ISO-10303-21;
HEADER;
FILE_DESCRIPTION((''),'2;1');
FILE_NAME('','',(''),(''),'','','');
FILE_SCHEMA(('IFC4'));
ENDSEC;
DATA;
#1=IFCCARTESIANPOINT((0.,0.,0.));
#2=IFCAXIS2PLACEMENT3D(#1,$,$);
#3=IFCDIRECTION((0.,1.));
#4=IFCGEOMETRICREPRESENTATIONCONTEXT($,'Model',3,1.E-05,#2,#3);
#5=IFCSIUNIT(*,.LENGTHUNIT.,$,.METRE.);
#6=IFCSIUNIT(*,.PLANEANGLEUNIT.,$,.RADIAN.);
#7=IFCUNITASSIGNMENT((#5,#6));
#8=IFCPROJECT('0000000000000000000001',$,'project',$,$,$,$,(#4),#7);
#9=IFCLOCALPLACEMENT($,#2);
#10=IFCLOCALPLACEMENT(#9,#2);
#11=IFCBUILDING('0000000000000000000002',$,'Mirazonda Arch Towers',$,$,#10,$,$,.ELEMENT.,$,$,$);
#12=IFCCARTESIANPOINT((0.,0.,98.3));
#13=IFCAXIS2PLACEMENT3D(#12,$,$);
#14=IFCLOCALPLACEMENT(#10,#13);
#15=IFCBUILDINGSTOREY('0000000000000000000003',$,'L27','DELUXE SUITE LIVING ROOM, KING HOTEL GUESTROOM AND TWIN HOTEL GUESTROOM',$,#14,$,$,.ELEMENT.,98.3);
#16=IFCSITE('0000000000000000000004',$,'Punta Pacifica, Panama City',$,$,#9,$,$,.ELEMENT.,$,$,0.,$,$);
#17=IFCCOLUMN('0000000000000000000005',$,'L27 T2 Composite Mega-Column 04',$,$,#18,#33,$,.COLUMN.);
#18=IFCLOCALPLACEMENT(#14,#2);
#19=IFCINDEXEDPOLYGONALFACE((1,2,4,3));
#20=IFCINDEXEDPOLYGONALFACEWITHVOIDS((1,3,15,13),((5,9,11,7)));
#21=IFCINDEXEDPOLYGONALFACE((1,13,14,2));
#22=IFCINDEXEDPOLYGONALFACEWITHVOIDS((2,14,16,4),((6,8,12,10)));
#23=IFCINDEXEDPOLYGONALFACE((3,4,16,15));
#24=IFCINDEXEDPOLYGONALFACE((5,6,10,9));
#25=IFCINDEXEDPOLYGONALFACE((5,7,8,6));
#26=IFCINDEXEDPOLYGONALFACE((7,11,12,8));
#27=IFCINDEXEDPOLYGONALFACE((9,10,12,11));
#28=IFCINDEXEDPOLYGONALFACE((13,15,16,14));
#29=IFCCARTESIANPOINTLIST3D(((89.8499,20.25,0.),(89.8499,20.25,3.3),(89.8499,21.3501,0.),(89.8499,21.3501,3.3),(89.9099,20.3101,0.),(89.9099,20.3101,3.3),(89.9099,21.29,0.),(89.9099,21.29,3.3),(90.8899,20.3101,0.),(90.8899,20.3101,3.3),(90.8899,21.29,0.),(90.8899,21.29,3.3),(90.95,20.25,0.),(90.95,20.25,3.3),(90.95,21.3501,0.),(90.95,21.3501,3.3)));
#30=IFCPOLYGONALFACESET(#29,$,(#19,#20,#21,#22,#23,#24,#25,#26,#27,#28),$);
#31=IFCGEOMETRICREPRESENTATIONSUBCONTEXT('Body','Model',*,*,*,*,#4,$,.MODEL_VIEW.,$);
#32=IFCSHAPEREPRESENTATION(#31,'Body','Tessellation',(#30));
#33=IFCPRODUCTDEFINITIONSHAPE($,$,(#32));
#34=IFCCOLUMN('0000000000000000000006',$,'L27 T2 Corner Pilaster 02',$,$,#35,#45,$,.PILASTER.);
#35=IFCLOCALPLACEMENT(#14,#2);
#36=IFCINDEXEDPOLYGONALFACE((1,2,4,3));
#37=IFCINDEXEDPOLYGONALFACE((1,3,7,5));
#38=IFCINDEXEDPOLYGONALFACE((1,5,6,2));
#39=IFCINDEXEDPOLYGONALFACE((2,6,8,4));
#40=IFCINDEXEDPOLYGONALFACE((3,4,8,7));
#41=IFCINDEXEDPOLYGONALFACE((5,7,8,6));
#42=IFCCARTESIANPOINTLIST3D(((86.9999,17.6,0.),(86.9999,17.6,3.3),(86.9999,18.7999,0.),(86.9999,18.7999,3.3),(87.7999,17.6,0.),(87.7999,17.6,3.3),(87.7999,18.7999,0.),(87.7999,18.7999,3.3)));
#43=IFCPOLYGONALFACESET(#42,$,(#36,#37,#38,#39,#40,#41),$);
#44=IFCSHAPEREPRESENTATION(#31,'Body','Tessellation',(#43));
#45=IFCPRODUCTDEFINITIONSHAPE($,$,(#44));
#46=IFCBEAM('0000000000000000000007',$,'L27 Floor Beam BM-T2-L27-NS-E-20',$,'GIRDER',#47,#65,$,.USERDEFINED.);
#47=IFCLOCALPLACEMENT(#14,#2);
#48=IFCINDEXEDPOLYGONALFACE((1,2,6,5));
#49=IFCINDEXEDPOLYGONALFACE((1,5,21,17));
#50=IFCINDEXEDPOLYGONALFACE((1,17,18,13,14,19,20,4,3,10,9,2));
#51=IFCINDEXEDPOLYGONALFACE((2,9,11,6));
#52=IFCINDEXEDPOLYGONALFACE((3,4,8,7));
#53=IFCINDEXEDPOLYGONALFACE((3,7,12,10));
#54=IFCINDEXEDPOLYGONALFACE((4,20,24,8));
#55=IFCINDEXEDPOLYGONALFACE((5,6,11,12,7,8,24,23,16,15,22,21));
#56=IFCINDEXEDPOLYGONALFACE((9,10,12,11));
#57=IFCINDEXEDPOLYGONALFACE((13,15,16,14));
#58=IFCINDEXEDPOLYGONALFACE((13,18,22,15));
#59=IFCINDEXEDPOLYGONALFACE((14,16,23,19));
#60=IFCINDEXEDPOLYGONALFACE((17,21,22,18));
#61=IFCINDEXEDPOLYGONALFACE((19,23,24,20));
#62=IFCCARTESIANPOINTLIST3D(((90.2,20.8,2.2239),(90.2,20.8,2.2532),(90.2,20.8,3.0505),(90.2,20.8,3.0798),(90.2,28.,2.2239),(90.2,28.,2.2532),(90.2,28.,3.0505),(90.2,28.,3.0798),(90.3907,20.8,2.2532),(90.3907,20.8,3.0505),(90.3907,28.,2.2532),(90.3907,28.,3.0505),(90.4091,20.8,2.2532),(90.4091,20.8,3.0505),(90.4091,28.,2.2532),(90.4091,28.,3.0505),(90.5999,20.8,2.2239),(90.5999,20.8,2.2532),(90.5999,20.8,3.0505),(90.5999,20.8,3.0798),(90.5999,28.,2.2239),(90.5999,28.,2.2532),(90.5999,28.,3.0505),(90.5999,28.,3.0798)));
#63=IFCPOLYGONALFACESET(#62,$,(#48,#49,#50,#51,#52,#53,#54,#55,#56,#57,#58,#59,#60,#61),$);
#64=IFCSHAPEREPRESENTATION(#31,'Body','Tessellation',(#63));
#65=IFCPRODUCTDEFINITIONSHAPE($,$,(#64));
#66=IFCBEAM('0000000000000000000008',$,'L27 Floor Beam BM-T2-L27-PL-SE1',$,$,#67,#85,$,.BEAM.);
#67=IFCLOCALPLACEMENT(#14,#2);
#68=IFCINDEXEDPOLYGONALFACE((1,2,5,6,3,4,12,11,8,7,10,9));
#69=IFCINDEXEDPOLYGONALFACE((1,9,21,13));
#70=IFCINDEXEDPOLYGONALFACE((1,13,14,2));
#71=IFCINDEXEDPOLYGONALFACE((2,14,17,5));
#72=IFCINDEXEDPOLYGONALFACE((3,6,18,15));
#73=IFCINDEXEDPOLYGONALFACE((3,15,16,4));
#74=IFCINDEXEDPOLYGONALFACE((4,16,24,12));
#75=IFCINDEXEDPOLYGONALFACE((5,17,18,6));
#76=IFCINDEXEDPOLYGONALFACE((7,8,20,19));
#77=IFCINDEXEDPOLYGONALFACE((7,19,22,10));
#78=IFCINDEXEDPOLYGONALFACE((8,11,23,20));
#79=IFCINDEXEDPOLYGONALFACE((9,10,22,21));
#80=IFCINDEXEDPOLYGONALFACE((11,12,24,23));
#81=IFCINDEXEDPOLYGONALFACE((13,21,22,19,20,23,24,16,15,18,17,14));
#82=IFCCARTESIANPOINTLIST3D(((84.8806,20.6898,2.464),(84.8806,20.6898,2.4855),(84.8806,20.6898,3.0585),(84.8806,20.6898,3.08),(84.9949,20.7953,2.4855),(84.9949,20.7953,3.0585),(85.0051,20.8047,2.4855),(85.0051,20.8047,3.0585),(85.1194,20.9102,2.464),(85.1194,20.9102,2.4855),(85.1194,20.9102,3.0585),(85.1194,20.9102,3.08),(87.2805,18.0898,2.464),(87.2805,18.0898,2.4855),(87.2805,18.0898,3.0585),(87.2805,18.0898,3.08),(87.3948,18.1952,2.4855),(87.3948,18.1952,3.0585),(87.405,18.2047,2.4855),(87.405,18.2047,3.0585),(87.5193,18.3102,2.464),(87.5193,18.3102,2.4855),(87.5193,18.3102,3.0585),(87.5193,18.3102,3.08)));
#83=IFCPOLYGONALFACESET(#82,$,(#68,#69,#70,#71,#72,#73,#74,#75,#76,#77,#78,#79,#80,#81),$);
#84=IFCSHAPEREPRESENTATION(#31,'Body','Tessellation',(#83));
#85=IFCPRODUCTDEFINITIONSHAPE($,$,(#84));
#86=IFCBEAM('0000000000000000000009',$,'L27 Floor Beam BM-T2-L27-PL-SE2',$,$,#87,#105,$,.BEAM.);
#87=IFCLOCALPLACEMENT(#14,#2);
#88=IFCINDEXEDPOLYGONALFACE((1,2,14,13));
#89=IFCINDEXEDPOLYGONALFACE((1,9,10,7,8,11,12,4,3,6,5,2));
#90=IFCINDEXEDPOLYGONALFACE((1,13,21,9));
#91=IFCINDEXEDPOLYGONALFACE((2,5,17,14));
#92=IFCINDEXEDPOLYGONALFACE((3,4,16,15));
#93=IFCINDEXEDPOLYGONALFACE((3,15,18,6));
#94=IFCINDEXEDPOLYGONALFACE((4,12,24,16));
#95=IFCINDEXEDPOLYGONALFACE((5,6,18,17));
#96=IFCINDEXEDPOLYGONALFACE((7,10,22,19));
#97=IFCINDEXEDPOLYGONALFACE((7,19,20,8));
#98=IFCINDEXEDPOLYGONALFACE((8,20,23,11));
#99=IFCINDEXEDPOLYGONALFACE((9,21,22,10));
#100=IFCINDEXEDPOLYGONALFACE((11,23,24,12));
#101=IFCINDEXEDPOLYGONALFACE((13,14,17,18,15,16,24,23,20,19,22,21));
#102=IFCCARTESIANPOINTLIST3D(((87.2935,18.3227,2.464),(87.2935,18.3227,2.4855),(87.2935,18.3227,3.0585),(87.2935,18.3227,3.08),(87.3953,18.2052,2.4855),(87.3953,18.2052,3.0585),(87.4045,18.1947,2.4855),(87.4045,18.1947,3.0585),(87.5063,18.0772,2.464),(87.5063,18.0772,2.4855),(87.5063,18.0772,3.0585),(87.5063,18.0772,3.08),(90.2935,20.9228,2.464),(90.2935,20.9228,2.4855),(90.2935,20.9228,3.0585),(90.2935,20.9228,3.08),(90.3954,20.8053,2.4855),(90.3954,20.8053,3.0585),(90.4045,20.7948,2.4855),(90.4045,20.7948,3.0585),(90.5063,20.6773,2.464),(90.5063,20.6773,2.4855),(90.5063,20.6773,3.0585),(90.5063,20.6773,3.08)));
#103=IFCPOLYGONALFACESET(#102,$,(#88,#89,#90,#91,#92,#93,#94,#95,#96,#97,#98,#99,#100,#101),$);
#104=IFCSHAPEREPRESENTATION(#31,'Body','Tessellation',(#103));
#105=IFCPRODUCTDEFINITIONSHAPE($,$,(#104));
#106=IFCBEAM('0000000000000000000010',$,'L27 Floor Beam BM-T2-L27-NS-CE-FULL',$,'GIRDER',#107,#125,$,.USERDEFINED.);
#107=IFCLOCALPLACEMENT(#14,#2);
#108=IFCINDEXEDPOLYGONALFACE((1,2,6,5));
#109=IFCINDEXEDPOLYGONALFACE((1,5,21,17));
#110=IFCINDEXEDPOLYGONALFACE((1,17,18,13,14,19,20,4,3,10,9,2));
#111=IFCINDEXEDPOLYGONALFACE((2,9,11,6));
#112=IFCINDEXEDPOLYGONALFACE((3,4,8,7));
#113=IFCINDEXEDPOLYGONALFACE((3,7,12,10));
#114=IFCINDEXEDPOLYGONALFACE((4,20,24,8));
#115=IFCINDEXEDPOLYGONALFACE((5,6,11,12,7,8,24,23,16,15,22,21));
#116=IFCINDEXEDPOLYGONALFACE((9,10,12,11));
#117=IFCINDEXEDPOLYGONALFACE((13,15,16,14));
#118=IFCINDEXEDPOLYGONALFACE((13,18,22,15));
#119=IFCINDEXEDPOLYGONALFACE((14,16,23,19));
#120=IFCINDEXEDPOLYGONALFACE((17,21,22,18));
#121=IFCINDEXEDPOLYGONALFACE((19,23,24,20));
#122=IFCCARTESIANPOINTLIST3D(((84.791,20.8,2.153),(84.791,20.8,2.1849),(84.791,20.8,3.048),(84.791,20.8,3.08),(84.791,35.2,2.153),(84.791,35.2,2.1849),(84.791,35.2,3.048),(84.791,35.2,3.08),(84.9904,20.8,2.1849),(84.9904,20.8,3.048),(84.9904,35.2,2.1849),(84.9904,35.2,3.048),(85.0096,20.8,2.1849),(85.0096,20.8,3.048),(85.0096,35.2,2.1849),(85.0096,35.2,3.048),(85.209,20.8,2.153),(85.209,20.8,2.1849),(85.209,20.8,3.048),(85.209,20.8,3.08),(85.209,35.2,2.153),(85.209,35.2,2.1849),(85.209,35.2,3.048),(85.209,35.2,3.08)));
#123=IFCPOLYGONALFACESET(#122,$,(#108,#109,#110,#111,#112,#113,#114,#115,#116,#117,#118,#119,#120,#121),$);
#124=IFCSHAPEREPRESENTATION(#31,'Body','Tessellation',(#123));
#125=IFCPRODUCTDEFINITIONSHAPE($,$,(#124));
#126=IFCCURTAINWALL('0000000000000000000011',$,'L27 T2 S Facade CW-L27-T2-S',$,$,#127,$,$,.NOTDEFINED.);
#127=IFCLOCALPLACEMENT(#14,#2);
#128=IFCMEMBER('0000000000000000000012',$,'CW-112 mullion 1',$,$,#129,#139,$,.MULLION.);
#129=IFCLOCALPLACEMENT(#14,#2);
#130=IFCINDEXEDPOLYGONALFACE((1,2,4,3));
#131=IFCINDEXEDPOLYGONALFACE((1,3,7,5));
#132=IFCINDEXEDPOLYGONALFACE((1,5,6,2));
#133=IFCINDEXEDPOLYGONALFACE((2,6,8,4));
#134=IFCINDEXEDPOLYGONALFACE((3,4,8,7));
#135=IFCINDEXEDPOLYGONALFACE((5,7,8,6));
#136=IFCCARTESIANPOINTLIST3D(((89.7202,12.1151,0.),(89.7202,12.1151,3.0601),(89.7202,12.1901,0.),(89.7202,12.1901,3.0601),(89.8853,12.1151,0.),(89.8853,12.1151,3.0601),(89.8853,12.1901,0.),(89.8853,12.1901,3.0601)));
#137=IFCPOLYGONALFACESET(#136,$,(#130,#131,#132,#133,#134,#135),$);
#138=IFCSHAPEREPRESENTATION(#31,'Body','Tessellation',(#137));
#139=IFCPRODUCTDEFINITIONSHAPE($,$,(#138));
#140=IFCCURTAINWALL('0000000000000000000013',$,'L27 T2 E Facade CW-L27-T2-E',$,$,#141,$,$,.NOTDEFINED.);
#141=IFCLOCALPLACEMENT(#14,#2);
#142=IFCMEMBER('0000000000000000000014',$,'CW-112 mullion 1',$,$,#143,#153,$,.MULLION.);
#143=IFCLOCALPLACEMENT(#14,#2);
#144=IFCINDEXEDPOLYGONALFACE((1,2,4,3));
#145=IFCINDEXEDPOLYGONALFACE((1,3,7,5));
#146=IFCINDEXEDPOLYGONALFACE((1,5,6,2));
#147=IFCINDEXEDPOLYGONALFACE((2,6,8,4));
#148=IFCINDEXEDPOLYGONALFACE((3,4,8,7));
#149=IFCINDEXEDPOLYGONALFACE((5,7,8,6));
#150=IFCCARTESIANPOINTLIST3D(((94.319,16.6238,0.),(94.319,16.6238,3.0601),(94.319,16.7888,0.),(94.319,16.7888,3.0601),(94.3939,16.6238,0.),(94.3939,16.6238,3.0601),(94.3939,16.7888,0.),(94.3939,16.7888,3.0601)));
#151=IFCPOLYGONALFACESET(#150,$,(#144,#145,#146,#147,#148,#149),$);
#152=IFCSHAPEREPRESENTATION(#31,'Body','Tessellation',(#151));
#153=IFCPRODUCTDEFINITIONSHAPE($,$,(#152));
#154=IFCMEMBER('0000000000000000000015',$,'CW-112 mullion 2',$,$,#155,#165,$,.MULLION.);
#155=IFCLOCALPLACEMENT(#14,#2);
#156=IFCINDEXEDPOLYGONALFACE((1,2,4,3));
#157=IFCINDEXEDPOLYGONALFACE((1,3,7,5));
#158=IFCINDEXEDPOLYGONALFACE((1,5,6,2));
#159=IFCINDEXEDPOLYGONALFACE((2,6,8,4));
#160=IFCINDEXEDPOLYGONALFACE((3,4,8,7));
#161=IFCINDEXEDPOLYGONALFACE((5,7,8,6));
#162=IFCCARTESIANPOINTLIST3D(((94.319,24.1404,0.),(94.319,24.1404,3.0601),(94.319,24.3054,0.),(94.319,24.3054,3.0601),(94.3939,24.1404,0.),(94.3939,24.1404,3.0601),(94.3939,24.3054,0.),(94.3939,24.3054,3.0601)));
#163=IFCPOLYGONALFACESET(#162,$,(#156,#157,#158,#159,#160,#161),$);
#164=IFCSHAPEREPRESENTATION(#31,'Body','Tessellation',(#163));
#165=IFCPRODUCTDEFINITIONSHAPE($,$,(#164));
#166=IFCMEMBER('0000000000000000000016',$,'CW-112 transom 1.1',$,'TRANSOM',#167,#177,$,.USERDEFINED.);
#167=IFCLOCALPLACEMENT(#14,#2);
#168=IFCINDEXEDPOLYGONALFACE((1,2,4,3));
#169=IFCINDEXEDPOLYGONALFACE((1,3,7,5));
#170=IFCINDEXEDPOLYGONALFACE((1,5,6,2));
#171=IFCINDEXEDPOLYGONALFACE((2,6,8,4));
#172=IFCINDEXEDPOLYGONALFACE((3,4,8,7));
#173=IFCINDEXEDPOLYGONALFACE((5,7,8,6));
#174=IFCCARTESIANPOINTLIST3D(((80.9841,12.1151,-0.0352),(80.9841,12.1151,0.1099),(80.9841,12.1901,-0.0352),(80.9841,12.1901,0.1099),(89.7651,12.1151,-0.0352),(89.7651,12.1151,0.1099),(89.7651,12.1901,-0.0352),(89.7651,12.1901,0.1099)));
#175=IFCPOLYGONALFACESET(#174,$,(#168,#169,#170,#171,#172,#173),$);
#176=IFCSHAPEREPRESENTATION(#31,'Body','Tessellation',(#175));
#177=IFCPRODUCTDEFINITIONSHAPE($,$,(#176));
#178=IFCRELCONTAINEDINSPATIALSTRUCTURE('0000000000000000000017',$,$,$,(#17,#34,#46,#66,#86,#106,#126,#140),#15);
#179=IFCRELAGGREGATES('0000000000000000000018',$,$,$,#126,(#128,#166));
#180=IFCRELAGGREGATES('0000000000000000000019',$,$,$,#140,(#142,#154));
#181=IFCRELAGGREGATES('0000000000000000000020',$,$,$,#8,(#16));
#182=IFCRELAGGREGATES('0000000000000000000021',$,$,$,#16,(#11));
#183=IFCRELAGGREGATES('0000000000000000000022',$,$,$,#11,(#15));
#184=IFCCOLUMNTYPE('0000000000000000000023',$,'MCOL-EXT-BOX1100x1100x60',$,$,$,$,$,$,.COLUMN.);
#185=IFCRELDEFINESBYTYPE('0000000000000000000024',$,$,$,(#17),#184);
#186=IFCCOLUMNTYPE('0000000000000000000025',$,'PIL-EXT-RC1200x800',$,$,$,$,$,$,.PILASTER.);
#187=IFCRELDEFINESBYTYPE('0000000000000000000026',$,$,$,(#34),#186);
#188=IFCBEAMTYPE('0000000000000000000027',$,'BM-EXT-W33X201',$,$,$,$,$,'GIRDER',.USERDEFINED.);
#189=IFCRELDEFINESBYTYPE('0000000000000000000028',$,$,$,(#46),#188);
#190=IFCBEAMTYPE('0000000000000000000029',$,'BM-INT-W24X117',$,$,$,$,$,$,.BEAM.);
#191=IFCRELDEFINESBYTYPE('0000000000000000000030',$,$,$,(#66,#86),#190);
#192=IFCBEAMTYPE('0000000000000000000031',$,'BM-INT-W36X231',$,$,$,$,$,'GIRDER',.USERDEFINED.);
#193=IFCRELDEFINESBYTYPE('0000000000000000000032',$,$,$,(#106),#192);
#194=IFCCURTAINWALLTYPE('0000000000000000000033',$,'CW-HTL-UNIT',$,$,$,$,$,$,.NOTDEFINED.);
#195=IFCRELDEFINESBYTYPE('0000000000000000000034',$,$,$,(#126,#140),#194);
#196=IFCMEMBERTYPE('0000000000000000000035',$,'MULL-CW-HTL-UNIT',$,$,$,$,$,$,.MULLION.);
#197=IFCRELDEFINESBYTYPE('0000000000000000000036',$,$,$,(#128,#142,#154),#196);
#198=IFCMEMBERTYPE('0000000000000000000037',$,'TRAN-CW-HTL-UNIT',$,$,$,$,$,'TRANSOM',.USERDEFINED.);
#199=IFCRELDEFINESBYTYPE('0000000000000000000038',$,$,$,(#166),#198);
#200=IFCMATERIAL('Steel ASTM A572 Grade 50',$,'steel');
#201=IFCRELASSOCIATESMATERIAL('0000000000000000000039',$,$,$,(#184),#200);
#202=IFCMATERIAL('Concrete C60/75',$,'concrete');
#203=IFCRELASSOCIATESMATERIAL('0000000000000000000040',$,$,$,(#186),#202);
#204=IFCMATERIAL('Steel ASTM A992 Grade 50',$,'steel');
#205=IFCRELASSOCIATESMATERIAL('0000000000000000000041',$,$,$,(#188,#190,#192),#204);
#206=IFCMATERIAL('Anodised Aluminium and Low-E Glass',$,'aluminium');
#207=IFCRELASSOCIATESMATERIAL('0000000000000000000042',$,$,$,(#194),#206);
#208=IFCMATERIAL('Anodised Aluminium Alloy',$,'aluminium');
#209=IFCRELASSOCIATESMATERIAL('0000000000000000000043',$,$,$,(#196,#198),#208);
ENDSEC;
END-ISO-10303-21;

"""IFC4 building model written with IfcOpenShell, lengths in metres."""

from ifc_helpers import new_model, si_unit, direction, frame, origin, origin_2d, place, context, subcontext, project, spatial, rectangle, hollow_rectangle, i_section, extrude, material, material_profile, profile_set, type_object, element, aggregate, save


model = new_model("IFC4")

# Units and contexts
model_context = context("Model", 3, precision=1e-05, world=origin(), true_north=direction((0.0, 1.0)))
body_context = subcontext(model_context, "Body", "Model", "MODEL_VIEW")
ifc_project = project(units=[si_unit("LENGTHUNIT", "METRE"), si_unit("PLANEANGLEUNIT", "RADIAN")], contexts=[model_context])

# Site, building, storey
site_placement = place(None, origin())
site = spatial("IfcSite", under=ifc_project, at=site_placement, Name="Punta Pacifica, Panama City", CompositionType="ELEMENT", RefElevation=0.0)
building_placement = place(site_placement, origin())
building = spatial("IfcBuilding", under=site, at=building_placement, Name="Mirazonda Arch Towers", CompositionType="ELEMENT")
storey_placement = place(building_placement, frame((0.0, 0.0, 98.3)))
storey = spatial("IfcBuildingStorey", under=building, at=storey_placement, Name="L27", Description="DELUXE SUITE LIVING ROOM, KING HOTEL GUESTROOM AND TWIN HOTEL GUESTROOM", CompositionType="ELEMENT", Elevation=98.3)

# Columns
ifc_material_1 = material(Name="Steel ASTM A572 Grade 50", Category="steel")
ifc_material_profile_1 = material_profile(ifc_material_1, hollow_rectangle(XDim=1.1001, YDim=1.1001, WallThickness=0.0601, at=origin_2d()), Name="BOX1100x1100x60")
ifc_profile_set_1 = profile_set([ifc_material_profile_1], Name="Steel ASTM A572 Grade 50")
column_type_1 = type_object("IfcColumnType", Name="MCOL-EXT-BOX1100x1100x60", PredefinedType="COLUMN", material=ifc_profile_set_1)
column_1_placement = place(storey_placement, frame((90.3999, 20.8, 0.0), z_axis=(0.0, 0.0, 1.0), x_axis=(1.0, 0.0, 0.0)))
element("IfcColumn", 1, at=column_1_placement, inside=storey, type_object=column_type_1, Name="L27 T2 Composite Mega-Column 04", PredefinedType="COLUMN", context=body_context, shape_type="SweptSolid", body=[
    extrude(hollow_rectangle(XDim=1.1001, YDim=1.1001, WallThickness=0.0601, at=origin_2d()), origin(), (0.0, 0.0, 1.0), 3.3),
])
ifc_material_2 = material(Name="Concrete C60/75", Category="concrete")
ifc_material_profile_2 = material_profile(ifc_material_2, rectangle(XDim=0.8, YDim=1.2, at=origin_2d()), Name="RC1200x800")
ifc_profile_set_2 = profile_set([ifc_material_profile_2], Name="Concrete C60/75")
column_type_2 = type_object("IfcColumnType", Name="PIL-EXT-RC1200x800", PredefinedType="PILASTER", material=ifc_profile_set_2)
column_2_placement = place(storey_placement, frame((87.3999, 18.2, 0.0), z_axis=(0.0, 0.0, 1.0), x_axis=(1.0, 0.0, 0.0)))
element("IfcColumn", 2, at=column_2_placement, inside=storey, type_object=column_type_2, Name="L27 T2 Corner Pilaster 02", PredefinedType="PILASTER", context=body_context, shape_type="SweptSolid", body=[
    extrude(rectangle(XDim=0.8, YDim=1.2, at=origin_2d()), origin(), (0.0, 0.0, 1.0), 3.3),
])

# Beams
ifc_material_3 = material(Name="Steel ASTM A992 Grade 50", Category="steel")
ifc_material_profile_3 = material_profile(ifc_material_3, i_section(OverallWidth=0.3999, OverallDepth=0.856, WebThickness=0.0183, FlangeThickness=0.0293, at=origin_2d()), Name="W33X201")
ifc_profile_set_3 = profile_set([ifc_material_profile_3], Name="Steel ASTM A992 Grade 50")
beam_type_1 = type_object("IfcBeamType", Name="BM-EXT-W33X201", ElementType="GIRDER", PredefinedType="USERDEFINED", material=ifc_profile_set_3)
beam_1_placement = place(storey_placement, frame((90.3999, 20.8, 2.6519), z_axis=(0.0, 1.0, 0.0), x_axis=(-1.0, 0.0, 0.0)))
element("IfcBeam", 3, at=beam_1_placement, inside=storey, type_object=beam_type_1, Name="L27 Floor Beam BM-T2-L27-NS-E-20", ObjectType="GIRDER", PredefinedType="USERDEFINED", context=body_context, shape_type="SweptSolid", body=[
    extrude(i_section(OverallWidth=0.3999, OverallDepth=0.856, WebThickness=0.0183, FlangeThickness=0.0293, at=origin_2d()), origin(), (0.0, 0.0, 1.0), 7.2),
])
ifc_material_profile_4 = material_profile(ifc_material_3, i_section(OverallWidth=0.325, OverallDepth=0.616, WebThickness=0.0139, FlangeThickness=0.0215, at=origin_2d()), Name="W24X117")
ifc_profile_set_4 = profile_set([ifc_material_profile_4], Name="Steel ASTM A992 Grade 50")
beam_type_2 = type_object("IfcBeamType", Name="BM-INT-W24X117", PredefinedType="BEAM", material=ifc_profile_set_4)
beam_2_placement = place(storey_placement, frame((87.3999, 18.2, 2.772), z_axis=(-0.678251, 0.73483, 0.0), x_axis=(-0.73483, -0.678251, 0.0)))
element("IfcBeam", 4, at=beam_2_placement, inside=storey, type_object=beam_type_2, Name="L27 Floor Beam BM-T2-L27-PL-SE1", PredefinedType="BEAM", context=body_context, shape_type="SweptSolid", body=[
    extrude(i_section(OverallWidth=0.325, OverallDepth=0.616, WebThickness=0.0139, FlangeThickness=0.0215, at=origin_2d()), origin(), (0.0, 0.0, 1.0), 3.5383),
])
beam_3_placement = place(storey_placement, frame((87.3999, 18.2, 2.772), z_axis=(0.755677, 0.654945, 0.0), x_axis=(-0.654945, 0.755677, 0.0)))
element("IfcBeam", 5, at=beam_3_placement, inside=storey, type_object=beam_type_2, Name="L27 Floor Beam BM-T2-L27-PL-SE2", PredefinedType="BEAM", context=body_context, shape_type="SweptSolid", body=[
    extrude(i_section(OverallWidth=0.325, OverallDepth=0.616, WebThickness=0.0139, FlangeThickness=0.0215, at=origin_2d()), origin(), (0.0, 0.0, 1.0), 3.97),
])
ifc_material_profile_5 = material_profile(ifc_material_3, i_section(OverallWidth=0.418, OverallDepth=0.927, WebThickness=0.0193, FlangeThickness=0.032, at=origin_2d()), Name="W36X231")
ifc_profile_set_5 = profile_set([ifc_material_profile_5], Name="Steel ASTM A992 Grade 50")
beam_type_3 = type_object("IfcBeamType", Name="BM-INT-W36X231", ElementType="GIRDER", PredefinedType="USERDEFINED", material=ifc_profile_set_5)
beam_4_placement = place(storey_placement, frame((85.0, 20.8, 2.6165), z_axis=(0.0, 1.0, 0.0), x_axis=(-1.0, 0.0, 0.0)))
element("IfcBeam", 6, at=beam_4_placement, inside=storey, type_object=beam_type_3, Name="L27 Floor Beam BM-T2-L27-NS-CE-FULL", ObjectType="GIRDER", PredefinedType="USERDEFINED", context=body_context, shape_type="SweptSolid", body=[
    extrude(i_section(OverallWidth=0.418, OverallDepth=0.927, WebThickness=0.0193, FlangeThickness=0.032, at=origin_2d()), origin(), (0.0, 0.0, 1.0), 14.3999),
])

# Curtain wall, member
ifc_material_4 = material(Name="Anodised Aluminium and Low-E Glass", Category="aluminium")
curtain_wall_type = type_object("IfcCurtainWallType", Name="CW-HTL-UNIT", PredefinedType="NOTDEFINED", material=ifc_material_4)
curtain_wall_1_placement = place(storey_placement, origin())
curtain_wall_1 = element("IfcCurtainWall", 7, at=curtain_wall_1_placement, inside=storey, type_object=curtain_wall_type, Name="L27 T2 S Facade CW-L27-T2-S", PredefinedType="NOTDEFINED")
ifc_material_5 = material(Name="Anodised Aluminium Alloy", Category="aluminium")
ifc_material_profile_6 = material_profile(ifc_material_5, rectangle(XDim=0.075, YDim=0.165, at=origin_2d()), Name="ALU-MULL-75x165")
ifc_profile_set_6 = profile_set([ifc_material_profile_6], Name="Anodised Aluminium Alloy")
member_type_1 = type_object("IfcMemberType", Name="MULL-CW-HTL-UNIT", PredefinedType="MULLION", material=ifc_profile_set_6)
member_1_placement = place(storey_placement, frame((89.8027, 12.1526, 0.0), z_axis=(0.0, 0.0, 1.0), x_axis=(0.0, -1.0, 0.0)))
member_1 = element("IfcMember", 8, at=member_1_placement, type_object=member_type_1, Name="CW-112 mullion 1", PredefinedType="MULLION", context=body_context, shape_type="SweptSolid", body=[
    extrude(rectangle(XDim=0.075, YDim=0.165, at=origin_2d()), origin(), (0.0, 0.0, 1.0), 3.0601),
])

# Curtain wall, members
curtain_wall_2_placement = place(storey_placement, origin())
curtain_wall_2 = element("IfcCurtainWall", 9, at=curtain_wall_2_placement, inside=storey, type_object=curtain_wall_type, Name="L27 T2 E Facade CW-L27-T2-E", PredefinedType="NOTDEFINED")
member_2_placement = place(storey_placement, frame((94.3564, 16.7063, 0.0), z_axis=(0.0, 0.0, 1.0), x_axis=(-1.0, 0.0, 0.0)))
member_2 = element("IfcMember", 10, at=member_2_placement, type_object=member_type_1, Name="CW-112 mullion 1", PredefinedType="MULLION", context=body_context, shape_type="SweptSolid", body=[
    extrude(rectangle(XDim=0.075, YDim=0.165, at=origin_2d()), origin(), (0.0, 0.0, 1.0), 3.0601),
])
member_3_placement = place(storey_placement, frame((94.3564, 24.2229, 0.0), z_axis=(0.0, 0.0, 1.0), x_axis=(-1.0, 0.0, 0.0)))
member_3 = element("IfcMember", 11, at=member_3_placement, type_object=member_type_1, Name="CW-112 mullion 2", PredefinedType="MULLION", context=body_context, shape_type="SweptSolid", body=[
    extrude(rectangle(XDim=0.075, YDim=0.165, at=origin_2d()), origin(), (0.0, 0.0, 1.0), 3.0601),
])

# Member
ifc_material_profile_7 = material_profile(ifc_material_5, rectangle(XDim=0.075, YDim=0.145, at=origin_2d()), Name="ALU-TRAN-75x145")
ifc_profile_set_7 = profile_set([ifc_material_profile_7], Name="Anodised Aluminium Alloy")
member_type_2 = type_object("IfcMemberType", Name="TRAN-CW-HTL-UNIT", ElementType="TRANSOM", PredefinedType="USERDEFINED", material=ifc_profile_set_7)
member_4_placement = place(storey_placement, frame((89.7651, 12.1526, 0.0374), z_axis=(-1.0, 0.0, 0.0), x_axis=(0.0, -1.0, 0.0)))
member_4 = element("IfcMember", 12, at=member_4_placement, type_object=member_type_2, Name="CW-112 transom 1.1", ObjectType="TRANSOM", PredefinedType="USERDEFINED", context=body_context, shape_type="SweptSolid", body=[
    extrude(rectangle(XDim=0.075, YDim=0.145, at=origin_2d()), origin(), (0.0, 0.0, 1.0), 8.781),
])

aggregate(curtain_wall_1, [member_1, member_4])
aggregate(curtain_wall_2, [member_2, member_3])

save(model, "model.ifc")
